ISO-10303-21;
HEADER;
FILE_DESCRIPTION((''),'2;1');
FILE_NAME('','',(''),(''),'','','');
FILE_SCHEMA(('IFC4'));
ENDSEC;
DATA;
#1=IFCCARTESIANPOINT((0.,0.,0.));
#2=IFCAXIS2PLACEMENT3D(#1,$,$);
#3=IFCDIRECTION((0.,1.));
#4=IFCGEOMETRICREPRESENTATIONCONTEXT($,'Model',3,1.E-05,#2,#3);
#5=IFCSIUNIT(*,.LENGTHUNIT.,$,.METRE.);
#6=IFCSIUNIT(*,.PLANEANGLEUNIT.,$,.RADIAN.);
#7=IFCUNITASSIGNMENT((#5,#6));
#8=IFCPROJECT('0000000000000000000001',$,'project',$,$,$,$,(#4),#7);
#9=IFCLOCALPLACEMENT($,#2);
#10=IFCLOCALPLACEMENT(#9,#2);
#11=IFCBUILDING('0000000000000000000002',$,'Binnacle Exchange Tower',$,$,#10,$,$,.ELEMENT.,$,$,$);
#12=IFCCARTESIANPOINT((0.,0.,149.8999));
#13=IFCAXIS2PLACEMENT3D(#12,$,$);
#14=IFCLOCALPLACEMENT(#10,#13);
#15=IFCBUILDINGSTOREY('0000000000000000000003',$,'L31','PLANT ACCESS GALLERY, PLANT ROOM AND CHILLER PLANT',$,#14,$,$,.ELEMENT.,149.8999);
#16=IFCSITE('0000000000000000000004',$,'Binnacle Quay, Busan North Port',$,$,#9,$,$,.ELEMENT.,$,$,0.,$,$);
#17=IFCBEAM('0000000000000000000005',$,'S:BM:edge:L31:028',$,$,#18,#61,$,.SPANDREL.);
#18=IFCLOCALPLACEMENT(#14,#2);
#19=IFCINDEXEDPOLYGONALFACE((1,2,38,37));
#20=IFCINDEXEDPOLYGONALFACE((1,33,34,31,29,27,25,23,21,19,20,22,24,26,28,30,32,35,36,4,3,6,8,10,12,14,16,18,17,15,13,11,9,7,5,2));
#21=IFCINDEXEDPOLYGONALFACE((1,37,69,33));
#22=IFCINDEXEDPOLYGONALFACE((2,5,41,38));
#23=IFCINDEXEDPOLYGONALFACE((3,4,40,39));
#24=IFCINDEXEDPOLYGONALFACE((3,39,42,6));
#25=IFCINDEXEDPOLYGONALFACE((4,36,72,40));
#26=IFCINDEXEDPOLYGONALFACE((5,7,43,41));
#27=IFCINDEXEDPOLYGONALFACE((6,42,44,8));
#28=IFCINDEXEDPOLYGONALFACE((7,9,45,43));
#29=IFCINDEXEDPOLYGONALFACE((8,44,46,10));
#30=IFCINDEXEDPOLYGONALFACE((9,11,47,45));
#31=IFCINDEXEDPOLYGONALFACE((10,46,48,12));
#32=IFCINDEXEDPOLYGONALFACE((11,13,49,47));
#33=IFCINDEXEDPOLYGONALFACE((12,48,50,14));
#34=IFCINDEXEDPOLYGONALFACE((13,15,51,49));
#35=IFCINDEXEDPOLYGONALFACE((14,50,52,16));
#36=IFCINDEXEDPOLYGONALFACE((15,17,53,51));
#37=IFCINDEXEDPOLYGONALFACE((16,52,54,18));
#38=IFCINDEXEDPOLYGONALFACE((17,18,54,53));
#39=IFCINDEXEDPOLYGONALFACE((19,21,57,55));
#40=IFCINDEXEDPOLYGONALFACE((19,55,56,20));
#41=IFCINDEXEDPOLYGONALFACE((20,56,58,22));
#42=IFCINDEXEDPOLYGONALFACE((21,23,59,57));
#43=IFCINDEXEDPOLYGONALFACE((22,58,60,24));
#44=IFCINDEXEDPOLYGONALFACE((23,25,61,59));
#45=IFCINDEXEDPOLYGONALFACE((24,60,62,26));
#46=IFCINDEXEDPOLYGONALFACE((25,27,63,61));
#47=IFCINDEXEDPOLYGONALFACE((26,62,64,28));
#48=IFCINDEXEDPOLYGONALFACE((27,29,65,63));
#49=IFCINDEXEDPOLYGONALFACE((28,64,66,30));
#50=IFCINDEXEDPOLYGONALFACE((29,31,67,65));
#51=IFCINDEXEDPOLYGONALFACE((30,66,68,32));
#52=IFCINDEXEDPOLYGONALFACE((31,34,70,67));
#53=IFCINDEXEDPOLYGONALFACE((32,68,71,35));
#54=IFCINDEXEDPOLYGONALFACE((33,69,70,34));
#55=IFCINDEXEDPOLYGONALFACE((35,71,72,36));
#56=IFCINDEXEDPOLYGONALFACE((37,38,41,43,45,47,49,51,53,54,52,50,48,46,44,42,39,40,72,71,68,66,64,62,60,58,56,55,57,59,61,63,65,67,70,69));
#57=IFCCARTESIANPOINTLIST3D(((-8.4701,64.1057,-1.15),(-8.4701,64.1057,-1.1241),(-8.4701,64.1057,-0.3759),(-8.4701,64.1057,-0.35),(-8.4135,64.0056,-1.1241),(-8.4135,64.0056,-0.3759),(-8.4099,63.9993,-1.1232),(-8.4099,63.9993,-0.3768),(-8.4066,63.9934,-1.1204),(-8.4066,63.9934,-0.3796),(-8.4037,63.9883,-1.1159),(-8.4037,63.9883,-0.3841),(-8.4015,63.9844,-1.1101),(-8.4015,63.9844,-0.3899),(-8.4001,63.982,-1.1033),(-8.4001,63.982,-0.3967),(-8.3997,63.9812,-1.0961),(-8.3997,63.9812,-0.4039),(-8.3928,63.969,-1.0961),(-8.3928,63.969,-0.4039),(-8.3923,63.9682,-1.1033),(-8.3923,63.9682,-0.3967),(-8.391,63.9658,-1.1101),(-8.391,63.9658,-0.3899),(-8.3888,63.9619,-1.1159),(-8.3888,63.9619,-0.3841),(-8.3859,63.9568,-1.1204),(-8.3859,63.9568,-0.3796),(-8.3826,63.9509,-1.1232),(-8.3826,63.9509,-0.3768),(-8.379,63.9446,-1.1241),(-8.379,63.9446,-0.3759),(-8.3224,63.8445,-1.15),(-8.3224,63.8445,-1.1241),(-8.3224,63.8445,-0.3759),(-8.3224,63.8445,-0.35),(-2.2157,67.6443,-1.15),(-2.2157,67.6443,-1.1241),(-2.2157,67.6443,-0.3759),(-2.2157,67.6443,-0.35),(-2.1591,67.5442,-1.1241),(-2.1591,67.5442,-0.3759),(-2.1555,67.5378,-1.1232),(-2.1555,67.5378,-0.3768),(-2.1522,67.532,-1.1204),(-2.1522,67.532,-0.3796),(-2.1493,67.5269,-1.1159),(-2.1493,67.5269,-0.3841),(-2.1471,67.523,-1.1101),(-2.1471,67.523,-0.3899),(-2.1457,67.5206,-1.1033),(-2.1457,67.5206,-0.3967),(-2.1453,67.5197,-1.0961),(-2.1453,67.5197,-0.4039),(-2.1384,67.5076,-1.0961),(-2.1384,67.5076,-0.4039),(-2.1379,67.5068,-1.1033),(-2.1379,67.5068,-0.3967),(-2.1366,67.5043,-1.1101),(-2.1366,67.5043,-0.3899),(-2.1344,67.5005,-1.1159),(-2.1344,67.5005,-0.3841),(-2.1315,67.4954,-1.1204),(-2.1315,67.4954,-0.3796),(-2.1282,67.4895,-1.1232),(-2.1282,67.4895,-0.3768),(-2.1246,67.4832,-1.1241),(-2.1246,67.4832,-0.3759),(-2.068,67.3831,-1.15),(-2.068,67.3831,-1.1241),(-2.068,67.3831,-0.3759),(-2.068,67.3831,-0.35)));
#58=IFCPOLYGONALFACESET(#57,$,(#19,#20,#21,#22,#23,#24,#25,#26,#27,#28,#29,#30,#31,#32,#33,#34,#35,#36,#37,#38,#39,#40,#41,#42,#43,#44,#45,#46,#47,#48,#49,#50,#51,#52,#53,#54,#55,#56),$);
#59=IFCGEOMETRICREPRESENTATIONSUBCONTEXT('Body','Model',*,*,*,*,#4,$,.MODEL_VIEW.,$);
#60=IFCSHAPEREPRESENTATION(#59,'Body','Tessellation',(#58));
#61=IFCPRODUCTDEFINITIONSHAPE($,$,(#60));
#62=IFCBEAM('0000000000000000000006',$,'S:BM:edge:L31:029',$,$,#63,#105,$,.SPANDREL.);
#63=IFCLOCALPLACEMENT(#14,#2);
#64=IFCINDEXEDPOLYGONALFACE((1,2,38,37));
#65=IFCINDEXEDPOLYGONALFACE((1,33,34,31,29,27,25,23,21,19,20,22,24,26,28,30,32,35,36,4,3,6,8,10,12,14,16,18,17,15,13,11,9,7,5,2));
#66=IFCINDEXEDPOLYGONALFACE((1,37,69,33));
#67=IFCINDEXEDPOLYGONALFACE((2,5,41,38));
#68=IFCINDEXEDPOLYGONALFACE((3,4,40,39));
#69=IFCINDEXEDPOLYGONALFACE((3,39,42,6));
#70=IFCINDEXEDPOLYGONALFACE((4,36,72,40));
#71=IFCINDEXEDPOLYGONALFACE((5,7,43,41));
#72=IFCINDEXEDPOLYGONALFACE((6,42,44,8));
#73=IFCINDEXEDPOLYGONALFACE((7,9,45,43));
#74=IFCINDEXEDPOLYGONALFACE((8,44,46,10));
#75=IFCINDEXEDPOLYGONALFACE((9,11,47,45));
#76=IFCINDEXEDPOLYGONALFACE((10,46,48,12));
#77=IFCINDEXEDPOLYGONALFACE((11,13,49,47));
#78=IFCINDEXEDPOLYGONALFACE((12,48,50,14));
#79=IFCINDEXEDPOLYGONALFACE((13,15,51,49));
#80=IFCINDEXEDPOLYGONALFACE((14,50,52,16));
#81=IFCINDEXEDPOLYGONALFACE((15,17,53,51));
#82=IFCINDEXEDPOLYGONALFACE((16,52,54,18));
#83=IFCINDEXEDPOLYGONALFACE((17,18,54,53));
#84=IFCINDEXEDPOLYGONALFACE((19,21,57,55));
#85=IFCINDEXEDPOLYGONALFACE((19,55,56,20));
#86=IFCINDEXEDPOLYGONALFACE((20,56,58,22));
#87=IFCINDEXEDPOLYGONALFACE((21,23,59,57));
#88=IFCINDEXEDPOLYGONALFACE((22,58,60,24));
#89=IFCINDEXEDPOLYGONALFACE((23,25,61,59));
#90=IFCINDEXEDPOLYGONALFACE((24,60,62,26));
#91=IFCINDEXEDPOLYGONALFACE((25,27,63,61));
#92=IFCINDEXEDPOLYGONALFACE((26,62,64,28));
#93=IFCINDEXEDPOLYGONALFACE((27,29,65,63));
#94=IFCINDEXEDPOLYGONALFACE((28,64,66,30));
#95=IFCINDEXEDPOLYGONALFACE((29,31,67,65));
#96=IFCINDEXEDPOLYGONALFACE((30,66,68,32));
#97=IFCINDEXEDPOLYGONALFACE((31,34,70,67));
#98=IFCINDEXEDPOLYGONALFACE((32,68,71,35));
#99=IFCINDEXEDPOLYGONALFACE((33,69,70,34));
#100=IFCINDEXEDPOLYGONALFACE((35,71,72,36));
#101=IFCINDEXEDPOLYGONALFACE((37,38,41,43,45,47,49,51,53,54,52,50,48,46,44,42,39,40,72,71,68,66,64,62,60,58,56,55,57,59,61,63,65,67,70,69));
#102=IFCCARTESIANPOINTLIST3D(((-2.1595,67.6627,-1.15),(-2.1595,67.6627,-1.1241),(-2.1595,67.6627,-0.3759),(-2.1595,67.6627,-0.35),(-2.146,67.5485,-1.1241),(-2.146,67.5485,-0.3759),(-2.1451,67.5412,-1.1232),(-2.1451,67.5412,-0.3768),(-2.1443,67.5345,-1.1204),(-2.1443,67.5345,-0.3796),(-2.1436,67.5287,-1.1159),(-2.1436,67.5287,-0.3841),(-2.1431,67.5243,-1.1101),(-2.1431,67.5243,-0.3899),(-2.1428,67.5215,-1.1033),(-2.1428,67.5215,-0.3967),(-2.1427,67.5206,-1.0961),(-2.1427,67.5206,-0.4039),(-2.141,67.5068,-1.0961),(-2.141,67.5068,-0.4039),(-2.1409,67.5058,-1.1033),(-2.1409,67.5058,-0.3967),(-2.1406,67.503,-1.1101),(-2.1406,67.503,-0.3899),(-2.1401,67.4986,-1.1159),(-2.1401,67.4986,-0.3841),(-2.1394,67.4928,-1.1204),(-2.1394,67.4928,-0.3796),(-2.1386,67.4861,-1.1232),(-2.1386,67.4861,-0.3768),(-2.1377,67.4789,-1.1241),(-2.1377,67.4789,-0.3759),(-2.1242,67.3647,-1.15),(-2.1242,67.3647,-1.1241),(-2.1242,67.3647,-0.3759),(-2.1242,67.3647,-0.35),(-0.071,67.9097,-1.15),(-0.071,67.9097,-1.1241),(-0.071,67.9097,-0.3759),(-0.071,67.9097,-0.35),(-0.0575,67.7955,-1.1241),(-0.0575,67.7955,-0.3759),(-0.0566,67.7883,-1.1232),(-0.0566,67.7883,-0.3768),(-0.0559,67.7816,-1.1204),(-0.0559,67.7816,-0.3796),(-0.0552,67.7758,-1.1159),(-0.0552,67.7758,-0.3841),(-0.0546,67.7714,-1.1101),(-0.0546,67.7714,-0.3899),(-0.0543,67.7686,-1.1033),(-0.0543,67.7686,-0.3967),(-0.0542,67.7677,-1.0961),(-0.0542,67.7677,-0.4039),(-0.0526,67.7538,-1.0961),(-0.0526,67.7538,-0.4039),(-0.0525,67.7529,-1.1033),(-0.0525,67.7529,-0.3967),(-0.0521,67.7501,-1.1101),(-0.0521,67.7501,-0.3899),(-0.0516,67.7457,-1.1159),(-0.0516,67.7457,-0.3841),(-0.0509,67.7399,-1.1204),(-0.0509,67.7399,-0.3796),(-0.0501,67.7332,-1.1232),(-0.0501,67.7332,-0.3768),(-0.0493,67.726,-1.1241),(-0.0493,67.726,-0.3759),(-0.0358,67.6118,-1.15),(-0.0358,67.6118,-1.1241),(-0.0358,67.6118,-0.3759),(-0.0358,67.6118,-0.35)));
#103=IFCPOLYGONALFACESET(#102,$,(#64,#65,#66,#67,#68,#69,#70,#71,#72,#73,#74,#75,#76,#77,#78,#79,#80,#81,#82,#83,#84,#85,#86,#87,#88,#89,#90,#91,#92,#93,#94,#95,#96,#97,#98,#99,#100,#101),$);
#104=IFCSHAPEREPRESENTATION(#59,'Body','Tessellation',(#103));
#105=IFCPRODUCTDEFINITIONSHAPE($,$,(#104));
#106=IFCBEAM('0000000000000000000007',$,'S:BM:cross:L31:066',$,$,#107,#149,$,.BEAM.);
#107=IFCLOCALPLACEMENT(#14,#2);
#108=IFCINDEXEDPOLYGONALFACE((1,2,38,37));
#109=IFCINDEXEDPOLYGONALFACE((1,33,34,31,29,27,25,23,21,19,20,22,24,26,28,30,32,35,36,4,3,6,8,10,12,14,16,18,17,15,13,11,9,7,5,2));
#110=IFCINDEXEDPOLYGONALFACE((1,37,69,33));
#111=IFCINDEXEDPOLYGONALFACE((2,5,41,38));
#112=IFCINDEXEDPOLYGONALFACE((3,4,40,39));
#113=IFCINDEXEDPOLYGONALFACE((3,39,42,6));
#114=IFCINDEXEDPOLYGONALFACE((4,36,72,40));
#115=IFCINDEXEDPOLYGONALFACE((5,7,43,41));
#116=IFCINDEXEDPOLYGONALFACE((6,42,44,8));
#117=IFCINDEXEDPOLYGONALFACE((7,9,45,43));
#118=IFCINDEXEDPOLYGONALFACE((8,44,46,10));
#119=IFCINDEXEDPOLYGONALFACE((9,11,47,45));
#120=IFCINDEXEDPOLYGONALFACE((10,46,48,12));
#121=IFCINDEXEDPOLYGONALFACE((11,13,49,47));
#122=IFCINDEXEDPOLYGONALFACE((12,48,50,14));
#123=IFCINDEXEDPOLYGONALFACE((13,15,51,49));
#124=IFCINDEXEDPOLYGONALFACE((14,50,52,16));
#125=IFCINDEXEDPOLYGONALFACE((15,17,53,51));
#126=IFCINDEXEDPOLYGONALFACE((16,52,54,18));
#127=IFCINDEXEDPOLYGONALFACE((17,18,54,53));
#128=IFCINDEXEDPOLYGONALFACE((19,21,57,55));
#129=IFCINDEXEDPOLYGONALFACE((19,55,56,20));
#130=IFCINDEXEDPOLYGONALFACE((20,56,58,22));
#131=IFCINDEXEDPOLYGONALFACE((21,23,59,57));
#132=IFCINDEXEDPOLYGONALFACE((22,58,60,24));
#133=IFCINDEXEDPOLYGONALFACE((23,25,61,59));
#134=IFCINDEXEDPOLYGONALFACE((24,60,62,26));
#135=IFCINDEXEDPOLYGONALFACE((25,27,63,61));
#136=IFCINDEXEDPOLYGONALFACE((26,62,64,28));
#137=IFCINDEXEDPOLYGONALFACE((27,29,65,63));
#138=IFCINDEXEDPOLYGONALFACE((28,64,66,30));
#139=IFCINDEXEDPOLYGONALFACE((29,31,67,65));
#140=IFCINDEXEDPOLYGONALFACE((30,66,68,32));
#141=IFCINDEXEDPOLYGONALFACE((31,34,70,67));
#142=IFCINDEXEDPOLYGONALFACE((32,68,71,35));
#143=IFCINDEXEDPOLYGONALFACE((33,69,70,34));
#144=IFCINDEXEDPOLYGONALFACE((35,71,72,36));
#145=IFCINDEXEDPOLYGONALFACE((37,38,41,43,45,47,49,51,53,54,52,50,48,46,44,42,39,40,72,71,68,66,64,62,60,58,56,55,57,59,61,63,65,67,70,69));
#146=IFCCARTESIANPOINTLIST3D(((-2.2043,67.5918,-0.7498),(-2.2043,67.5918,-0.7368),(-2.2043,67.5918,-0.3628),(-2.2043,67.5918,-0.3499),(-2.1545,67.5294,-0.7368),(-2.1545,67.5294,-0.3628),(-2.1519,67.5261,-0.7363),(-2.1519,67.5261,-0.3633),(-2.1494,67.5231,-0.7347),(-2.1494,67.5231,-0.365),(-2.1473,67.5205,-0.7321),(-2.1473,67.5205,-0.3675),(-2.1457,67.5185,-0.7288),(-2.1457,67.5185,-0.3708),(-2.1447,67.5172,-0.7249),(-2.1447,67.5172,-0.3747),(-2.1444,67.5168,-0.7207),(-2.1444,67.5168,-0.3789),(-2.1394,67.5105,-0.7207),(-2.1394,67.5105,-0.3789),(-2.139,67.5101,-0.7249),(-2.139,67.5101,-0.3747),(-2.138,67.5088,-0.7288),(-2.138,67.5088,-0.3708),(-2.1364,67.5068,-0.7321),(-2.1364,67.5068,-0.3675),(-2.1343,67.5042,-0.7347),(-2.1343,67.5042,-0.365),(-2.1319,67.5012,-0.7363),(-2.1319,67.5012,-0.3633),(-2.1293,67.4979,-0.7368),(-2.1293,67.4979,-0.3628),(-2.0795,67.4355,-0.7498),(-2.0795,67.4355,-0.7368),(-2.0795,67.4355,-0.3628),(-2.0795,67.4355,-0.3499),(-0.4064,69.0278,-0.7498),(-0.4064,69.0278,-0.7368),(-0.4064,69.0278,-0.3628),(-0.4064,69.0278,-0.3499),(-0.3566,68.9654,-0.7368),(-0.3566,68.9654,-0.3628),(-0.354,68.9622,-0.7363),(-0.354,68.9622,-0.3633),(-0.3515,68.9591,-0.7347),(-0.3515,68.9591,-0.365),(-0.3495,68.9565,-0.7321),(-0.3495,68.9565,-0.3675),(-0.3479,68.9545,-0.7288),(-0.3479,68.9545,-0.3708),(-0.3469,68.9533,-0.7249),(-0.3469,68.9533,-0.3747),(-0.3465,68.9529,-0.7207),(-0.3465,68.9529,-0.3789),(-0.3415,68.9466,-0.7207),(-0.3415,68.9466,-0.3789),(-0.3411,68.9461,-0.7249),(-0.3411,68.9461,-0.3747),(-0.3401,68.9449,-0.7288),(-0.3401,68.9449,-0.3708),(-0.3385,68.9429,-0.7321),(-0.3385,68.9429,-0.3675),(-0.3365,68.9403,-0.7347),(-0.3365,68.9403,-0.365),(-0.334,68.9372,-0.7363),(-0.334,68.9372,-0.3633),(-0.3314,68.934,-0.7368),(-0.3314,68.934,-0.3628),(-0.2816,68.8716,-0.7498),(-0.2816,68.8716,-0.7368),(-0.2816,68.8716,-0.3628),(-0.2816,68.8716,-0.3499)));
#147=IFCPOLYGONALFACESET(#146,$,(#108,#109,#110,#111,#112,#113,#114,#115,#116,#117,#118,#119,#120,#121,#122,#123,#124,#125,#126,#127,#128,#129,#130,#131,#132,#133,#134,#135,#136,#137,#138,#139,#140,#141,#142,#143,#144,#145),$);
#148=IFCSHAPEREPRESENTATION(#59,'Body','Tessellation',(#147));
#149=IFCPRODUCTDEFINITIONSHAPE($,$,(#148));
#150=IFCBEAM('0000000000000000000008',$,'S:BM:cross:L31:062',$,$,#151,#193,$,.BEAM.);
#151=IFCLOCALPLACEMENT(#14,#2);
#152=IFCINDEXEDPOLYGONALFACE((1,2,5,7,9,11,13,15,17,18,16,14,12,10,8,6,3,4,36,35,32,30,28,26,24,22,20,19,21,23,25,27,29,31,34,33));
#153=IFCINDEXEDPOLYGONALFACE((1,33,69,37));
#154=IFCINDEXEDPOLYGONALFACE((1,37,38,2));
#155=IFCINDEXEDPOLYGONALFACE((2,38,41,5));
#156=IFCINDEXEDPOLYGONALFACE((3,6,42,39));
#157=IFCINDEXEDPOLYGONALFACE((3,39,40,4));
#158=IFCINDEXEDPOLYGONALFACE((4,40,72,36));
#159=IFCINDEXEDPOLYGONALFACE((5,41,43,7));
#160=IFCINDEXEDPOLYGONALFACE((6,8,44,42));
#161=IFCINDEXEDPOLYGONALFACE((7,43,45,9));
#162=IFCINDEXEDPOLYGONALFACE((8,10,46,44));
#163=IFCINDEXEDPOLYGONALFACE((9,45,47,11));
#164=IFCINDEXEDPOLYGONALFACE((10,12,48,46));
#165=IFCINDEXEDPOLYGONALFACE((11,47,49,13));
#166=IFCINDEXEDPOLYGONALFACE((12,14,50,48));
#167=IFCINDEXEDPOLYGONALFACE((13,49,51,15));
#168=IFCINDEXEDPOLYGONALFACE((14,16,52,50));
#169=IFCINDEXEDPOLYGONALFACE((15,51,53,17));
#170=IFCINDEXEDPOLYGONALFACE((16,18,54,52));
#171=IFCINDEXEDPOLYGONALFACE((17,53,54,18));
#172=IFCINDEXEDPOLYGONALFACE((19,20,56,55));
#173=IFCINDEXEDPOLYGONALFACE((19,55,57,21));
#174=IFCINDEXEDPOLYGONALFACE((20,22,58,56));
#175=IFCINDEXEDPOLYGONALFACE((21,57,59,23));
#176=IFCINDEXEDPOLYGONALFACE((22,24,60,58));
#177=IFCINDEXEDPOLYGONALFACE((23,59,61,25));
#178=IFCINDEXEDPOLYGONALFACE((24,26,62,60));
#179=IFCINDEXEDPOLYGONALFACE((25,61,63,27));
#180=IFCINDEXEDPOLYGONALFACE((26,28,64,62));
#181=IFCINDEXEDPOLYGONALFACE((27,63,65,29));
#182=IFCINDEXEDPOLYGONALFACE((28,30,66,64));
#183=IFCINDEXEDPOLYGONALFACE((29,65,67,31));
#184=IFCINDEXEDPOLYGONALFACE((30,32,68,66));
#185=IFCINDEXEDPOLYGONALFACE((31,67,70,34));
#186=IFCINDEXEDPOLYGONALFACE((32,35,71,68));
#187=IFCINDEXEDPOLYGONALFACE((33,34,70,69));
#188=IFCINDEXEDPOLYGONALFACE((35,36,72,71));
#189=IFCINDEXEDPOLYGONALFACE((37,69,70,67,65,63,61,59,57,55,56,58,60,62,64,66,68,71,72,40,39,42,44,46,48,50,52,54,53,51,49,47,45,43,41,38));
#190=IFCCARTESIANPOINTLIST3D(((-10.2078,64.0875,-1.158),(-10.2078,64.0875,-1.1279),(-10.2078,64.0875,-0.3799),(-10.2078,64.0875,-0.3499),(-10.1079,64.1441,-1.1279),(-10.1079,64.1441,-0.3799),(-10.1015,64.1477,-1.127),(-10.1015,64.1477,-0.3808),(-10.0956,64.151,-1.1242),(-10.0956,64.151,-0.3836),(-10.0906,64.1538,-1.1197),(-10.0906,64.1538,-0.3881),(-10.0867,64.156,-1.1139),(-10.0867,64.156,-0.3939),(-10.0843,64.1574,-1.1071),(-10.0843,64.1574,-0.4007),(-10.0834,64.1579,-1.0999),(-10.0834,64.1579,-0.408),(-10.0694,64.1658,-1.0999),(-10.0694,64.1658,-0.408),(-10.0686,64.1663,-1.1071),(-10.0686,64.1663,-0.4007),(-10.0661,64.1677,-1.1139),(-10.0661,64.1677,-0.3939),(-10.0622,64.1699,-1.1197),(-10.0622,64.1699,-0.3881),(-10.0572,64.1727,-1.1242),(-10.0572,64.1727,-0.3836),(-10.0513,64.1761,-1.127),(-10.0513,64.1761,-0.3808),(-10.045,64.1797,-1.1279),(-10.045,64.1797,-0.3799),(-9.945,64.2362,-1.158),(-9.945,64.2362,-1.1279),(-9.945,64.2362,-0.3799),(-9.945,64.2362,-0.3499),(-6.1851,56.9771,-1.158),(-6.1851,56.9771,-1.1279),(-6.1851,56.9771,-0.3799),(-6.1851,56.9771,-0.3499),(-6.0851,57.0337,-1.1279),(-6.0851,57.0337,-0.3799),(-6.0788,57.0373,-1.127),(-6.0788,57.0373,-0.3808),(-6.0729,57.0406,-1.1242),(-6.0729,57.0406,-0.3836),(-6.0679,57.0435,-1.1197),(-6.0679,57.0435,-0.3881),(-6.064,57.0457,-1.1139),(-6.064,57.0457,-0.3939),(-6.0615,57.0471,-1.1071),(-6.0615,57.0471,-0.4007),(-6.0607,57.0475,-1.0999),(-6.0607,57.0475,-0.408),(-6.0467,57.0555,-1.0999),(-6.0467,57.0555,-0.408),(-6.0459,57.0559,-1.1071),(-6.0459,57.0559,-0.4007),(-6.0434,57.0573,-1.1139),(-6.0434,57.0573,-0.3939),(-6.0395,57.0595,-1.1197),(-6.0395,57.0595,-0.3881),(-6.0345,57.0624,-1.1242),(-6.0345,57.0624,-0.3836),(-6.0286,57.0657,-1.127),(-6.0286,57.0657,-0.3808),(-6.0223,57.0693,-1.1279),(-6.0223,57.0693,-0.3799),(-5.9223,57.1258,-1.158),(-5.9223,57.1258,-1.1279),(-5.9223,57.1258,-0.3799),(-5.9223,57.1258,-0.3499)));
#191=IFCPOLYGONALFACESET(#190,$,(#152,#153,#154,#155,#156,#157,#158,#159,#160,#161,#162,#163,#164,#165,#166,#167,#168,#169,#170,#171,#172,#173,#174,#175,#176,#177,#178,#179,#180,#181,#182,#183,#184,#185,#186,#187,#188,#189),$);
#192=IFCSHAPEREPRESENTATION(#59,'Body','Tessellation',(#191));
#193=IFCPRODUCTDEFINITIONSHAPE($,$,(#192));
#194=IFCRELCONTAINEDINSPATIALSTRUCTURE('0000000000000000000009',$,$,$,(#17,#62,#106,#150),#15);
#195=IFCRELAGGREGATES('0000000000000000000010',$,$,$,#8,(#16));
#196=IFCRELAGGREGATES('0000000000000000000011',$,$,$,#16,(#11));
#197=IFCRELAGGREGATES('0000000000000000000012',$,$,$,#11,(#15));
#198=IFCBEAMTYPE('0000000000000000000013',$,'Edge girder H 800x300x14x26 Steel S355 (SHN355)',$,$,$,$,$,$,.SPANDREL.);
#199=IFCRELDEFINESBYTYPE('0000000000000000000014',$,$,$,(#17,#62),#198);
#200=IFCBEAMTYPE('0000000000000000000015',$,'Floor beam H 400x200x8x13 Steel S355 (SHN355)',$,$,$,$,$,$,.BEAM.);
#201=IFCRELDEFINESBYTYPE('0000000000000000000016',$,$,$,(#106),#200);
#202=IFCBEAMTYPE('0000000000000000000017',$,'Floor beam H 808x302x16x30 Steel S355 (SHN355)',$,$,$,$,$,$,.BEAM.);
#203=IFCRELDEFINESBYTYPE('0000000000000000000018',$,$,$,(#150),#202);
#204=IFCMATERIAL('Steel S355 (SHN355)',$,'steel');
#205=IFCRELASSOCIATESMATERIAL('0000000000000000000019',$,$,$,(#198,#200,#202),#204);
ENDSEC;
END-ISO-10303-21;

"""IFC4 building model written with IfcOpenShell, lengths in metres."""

from ifc_helpers import new_model, si_unit, direction, frame, origin, origin_2d, place, context, subcontext, project, spatial, i_section, extrude, material, material_profile, profile_set, type_object, element, save


model = new_model("IFC4")

# Units and contexts
model_context = context("Model", 3, precision=1e-05, world=origin(), true_north=direction((0.0, 1.0)))
body_context = subcontext(model_context, "Body", "Model", "MODEL_VIEW")
ifc_project = project(units=[si_unit("LENGTHUNIT", "METRE"), si_unit("PLANEANGLEUNIT", "RADIAN")], contexts=[model_context])

# Site, building, storey
site_placement = place(None, origin())
site = spatial("IfcSite", under=ifc_project, at=site_placement, Name="Binnacle Quay, Busan North Port", CompositionType="ELEMENT", RefElevation=0.0)
building_placement = place(site_placement, origin())
building = spatial("IfcBuilding", under=site, at=building_placement, Name="Binnacle Exchange Tower", CompositionType="ELEMENT")
storey_placement = place(building_placement, frame((0.0, 0.0, 149.8999)))
storey = spatial("IfcBuildingStorey", under=building, at=storey_placement, Name="L31", Description="PLANT ACCESS GALLERY, PLANT ROOM AND CHILLER PLANT", CompositionType="ELEMENT", Elevation=149.8999)

# Shared definitions
ifc_material_1 = material(Name="Steel S355 (SHN355)", Category="steel")

# Beams
ifc_material_profile_1 = material_profile(ifc_material_1, i_section(OverallWidth=0.3, OverallDepth=0.8, WebThickness=0.0139, FlangeThickness=0.0259, FilletRadius=0.0281, at=origin_2d()), Name="H 800x300x14x26")
ifc_profile_set_1 = profile_set([ifc_material_profile_1], Name="Steel S355 (SHN355)")
beam_type_1 = type_object("IfcBeamType", Name="Edge girder H 800x300x14x26 Steel S355 (SHN355)", PredefinedType="SPANDREL", material=ifc_profile_set_1)
beam_1_placement = place(storey_placement, frame((-8.3962, 63.9751, -0.75), z_axis=(0.870355, 0.492424, 0.0), x_axis=(-0.492424, 0.870355, 0.0)))
element("IfcBeam", 1, at=beam_1_placement, inside=storey, type_object=beam_type_1, Name="S:BM:edge:L31:028", PredefinedType="SPANDREL", context=body_context, shape_type="SweptSolid", body=[
    extrude(i_section(OverallWidth=0.3, OverallDepth=0.8, WebThickness=0.0139, FlangeThickness=0.0259, FilletRadius=0.0281, at=origin_2d()), origin(), (0.0, 0.0, 1.0), 7.186),
])
beam_2_placement = place(storey_placement, frame((-2.1418, 67.5137, -0.75), z_axis=(0.993074, 0.117488, 0.0), x_axis=(-0.117488, 0.993074, 0.0)))
element("IfcBeam", 2, at=beam_2_placement, inside=storey, type_object=beam_type_1, Name="S:BM:edge:L31:029", PredefinedType="SPANDREL", context=body_context, shape_type="SweptSolid", body=[
    extrude(i_section(OverallWidth=0.3, OverallDepth=0.8, WebThickness=0.0139, FlangeThickness=0.0259, FilletRadius=0.0281, at=origin_2d()), origin(), (0.0, 0.0, 1.0), 2.103),
])
ifc_material_profile_2 = material_profile(ifc_material_1, i_section(OverallWidth=0.2, OverallDepth=0.3999, WebThickness=0.0081, FlangeThickness=0.0129, FilletRadius=0.0161, at=origin_2d()), Name="H 400x200x8x13")
ifc_profile_set_2 = profile_set([ifc_material_profile_2], Name="Steel S355 (SHN355)")
beam_type_2 = type_object("IfcBeamType", Name="Floor beam H 400x200x8x13 Steel S355 (SHN355)", PredefinedType="BEAM", material=ifc_profile_set_2)
beam_3_placement = place(storey_placement, frame((-0.344, 68.9497, -0.5498), z_axis=(-0.781345, -0.6241, 0.0), x_axis=(0.6241, -0.781345, 0.0)))
element("IfcBeam", 3, at=beam_3_placement, inside=storey, type_object=beam_type_2, Name="S:BM:cross:L31:066", PredefinedType="BEAM", context=body_context, shape_type="SweptSolid", body=[
    extrude(i_section(OverallWidth=0.2, OverallDepth=0.3999, WebThickness=0.0081, FlangeThickness=0.0129, FilletRadius=0.0161, at=origin_2d()), origin(), (0.0, 0.0, 1.0), 2.301),
])
ifc_material_profile_3 = material_profile(ifc_material_1, i_section(OverallWidth=0.302, OverallDepth=0.8081, WebThickness=0.0161, FlangeThickness=0.03, FilletRadius=0.0281, at=origin_2d()), Name="H 808x302x16x30")
ifc_profile_set_3 = profile_set([ifc_material_profile_3], Name="Steel S355 (SHN355)")
beam_type_3 = type_object("IfcBeamType", Name="Floor beam H 808x302x16x30 Steel S355 (SHN355)", PredefinedType="BEAM", material=ifc_profile_set_3)
beam_4_placement = place(storey_placement, frame((-10.0764, 64.1619, -0.7539), z_axis=(0.492411, -0.870363, 0.0), x_axis=(0.870363, 0.492411, 0.0)))
element("IfcBeam", 4, at=beam_4_placement, inside=storey, type_object=beam_type_3, Name="S:BM:cross:L31:062", PredefinedType="BEAM", context=body_context, shape_type="SweptSolid", body=[
    extrude(i_section(OverallWidth=0.302, OverallDepth=0.8081, WebThickness=0.0161, FlangeThickness=0.03, FilletRadius=0.0281, at=origin_2d()), origin(), (0.0, 0.0, 1.0), 8.1694),
])

save(model, "model.ifc")
